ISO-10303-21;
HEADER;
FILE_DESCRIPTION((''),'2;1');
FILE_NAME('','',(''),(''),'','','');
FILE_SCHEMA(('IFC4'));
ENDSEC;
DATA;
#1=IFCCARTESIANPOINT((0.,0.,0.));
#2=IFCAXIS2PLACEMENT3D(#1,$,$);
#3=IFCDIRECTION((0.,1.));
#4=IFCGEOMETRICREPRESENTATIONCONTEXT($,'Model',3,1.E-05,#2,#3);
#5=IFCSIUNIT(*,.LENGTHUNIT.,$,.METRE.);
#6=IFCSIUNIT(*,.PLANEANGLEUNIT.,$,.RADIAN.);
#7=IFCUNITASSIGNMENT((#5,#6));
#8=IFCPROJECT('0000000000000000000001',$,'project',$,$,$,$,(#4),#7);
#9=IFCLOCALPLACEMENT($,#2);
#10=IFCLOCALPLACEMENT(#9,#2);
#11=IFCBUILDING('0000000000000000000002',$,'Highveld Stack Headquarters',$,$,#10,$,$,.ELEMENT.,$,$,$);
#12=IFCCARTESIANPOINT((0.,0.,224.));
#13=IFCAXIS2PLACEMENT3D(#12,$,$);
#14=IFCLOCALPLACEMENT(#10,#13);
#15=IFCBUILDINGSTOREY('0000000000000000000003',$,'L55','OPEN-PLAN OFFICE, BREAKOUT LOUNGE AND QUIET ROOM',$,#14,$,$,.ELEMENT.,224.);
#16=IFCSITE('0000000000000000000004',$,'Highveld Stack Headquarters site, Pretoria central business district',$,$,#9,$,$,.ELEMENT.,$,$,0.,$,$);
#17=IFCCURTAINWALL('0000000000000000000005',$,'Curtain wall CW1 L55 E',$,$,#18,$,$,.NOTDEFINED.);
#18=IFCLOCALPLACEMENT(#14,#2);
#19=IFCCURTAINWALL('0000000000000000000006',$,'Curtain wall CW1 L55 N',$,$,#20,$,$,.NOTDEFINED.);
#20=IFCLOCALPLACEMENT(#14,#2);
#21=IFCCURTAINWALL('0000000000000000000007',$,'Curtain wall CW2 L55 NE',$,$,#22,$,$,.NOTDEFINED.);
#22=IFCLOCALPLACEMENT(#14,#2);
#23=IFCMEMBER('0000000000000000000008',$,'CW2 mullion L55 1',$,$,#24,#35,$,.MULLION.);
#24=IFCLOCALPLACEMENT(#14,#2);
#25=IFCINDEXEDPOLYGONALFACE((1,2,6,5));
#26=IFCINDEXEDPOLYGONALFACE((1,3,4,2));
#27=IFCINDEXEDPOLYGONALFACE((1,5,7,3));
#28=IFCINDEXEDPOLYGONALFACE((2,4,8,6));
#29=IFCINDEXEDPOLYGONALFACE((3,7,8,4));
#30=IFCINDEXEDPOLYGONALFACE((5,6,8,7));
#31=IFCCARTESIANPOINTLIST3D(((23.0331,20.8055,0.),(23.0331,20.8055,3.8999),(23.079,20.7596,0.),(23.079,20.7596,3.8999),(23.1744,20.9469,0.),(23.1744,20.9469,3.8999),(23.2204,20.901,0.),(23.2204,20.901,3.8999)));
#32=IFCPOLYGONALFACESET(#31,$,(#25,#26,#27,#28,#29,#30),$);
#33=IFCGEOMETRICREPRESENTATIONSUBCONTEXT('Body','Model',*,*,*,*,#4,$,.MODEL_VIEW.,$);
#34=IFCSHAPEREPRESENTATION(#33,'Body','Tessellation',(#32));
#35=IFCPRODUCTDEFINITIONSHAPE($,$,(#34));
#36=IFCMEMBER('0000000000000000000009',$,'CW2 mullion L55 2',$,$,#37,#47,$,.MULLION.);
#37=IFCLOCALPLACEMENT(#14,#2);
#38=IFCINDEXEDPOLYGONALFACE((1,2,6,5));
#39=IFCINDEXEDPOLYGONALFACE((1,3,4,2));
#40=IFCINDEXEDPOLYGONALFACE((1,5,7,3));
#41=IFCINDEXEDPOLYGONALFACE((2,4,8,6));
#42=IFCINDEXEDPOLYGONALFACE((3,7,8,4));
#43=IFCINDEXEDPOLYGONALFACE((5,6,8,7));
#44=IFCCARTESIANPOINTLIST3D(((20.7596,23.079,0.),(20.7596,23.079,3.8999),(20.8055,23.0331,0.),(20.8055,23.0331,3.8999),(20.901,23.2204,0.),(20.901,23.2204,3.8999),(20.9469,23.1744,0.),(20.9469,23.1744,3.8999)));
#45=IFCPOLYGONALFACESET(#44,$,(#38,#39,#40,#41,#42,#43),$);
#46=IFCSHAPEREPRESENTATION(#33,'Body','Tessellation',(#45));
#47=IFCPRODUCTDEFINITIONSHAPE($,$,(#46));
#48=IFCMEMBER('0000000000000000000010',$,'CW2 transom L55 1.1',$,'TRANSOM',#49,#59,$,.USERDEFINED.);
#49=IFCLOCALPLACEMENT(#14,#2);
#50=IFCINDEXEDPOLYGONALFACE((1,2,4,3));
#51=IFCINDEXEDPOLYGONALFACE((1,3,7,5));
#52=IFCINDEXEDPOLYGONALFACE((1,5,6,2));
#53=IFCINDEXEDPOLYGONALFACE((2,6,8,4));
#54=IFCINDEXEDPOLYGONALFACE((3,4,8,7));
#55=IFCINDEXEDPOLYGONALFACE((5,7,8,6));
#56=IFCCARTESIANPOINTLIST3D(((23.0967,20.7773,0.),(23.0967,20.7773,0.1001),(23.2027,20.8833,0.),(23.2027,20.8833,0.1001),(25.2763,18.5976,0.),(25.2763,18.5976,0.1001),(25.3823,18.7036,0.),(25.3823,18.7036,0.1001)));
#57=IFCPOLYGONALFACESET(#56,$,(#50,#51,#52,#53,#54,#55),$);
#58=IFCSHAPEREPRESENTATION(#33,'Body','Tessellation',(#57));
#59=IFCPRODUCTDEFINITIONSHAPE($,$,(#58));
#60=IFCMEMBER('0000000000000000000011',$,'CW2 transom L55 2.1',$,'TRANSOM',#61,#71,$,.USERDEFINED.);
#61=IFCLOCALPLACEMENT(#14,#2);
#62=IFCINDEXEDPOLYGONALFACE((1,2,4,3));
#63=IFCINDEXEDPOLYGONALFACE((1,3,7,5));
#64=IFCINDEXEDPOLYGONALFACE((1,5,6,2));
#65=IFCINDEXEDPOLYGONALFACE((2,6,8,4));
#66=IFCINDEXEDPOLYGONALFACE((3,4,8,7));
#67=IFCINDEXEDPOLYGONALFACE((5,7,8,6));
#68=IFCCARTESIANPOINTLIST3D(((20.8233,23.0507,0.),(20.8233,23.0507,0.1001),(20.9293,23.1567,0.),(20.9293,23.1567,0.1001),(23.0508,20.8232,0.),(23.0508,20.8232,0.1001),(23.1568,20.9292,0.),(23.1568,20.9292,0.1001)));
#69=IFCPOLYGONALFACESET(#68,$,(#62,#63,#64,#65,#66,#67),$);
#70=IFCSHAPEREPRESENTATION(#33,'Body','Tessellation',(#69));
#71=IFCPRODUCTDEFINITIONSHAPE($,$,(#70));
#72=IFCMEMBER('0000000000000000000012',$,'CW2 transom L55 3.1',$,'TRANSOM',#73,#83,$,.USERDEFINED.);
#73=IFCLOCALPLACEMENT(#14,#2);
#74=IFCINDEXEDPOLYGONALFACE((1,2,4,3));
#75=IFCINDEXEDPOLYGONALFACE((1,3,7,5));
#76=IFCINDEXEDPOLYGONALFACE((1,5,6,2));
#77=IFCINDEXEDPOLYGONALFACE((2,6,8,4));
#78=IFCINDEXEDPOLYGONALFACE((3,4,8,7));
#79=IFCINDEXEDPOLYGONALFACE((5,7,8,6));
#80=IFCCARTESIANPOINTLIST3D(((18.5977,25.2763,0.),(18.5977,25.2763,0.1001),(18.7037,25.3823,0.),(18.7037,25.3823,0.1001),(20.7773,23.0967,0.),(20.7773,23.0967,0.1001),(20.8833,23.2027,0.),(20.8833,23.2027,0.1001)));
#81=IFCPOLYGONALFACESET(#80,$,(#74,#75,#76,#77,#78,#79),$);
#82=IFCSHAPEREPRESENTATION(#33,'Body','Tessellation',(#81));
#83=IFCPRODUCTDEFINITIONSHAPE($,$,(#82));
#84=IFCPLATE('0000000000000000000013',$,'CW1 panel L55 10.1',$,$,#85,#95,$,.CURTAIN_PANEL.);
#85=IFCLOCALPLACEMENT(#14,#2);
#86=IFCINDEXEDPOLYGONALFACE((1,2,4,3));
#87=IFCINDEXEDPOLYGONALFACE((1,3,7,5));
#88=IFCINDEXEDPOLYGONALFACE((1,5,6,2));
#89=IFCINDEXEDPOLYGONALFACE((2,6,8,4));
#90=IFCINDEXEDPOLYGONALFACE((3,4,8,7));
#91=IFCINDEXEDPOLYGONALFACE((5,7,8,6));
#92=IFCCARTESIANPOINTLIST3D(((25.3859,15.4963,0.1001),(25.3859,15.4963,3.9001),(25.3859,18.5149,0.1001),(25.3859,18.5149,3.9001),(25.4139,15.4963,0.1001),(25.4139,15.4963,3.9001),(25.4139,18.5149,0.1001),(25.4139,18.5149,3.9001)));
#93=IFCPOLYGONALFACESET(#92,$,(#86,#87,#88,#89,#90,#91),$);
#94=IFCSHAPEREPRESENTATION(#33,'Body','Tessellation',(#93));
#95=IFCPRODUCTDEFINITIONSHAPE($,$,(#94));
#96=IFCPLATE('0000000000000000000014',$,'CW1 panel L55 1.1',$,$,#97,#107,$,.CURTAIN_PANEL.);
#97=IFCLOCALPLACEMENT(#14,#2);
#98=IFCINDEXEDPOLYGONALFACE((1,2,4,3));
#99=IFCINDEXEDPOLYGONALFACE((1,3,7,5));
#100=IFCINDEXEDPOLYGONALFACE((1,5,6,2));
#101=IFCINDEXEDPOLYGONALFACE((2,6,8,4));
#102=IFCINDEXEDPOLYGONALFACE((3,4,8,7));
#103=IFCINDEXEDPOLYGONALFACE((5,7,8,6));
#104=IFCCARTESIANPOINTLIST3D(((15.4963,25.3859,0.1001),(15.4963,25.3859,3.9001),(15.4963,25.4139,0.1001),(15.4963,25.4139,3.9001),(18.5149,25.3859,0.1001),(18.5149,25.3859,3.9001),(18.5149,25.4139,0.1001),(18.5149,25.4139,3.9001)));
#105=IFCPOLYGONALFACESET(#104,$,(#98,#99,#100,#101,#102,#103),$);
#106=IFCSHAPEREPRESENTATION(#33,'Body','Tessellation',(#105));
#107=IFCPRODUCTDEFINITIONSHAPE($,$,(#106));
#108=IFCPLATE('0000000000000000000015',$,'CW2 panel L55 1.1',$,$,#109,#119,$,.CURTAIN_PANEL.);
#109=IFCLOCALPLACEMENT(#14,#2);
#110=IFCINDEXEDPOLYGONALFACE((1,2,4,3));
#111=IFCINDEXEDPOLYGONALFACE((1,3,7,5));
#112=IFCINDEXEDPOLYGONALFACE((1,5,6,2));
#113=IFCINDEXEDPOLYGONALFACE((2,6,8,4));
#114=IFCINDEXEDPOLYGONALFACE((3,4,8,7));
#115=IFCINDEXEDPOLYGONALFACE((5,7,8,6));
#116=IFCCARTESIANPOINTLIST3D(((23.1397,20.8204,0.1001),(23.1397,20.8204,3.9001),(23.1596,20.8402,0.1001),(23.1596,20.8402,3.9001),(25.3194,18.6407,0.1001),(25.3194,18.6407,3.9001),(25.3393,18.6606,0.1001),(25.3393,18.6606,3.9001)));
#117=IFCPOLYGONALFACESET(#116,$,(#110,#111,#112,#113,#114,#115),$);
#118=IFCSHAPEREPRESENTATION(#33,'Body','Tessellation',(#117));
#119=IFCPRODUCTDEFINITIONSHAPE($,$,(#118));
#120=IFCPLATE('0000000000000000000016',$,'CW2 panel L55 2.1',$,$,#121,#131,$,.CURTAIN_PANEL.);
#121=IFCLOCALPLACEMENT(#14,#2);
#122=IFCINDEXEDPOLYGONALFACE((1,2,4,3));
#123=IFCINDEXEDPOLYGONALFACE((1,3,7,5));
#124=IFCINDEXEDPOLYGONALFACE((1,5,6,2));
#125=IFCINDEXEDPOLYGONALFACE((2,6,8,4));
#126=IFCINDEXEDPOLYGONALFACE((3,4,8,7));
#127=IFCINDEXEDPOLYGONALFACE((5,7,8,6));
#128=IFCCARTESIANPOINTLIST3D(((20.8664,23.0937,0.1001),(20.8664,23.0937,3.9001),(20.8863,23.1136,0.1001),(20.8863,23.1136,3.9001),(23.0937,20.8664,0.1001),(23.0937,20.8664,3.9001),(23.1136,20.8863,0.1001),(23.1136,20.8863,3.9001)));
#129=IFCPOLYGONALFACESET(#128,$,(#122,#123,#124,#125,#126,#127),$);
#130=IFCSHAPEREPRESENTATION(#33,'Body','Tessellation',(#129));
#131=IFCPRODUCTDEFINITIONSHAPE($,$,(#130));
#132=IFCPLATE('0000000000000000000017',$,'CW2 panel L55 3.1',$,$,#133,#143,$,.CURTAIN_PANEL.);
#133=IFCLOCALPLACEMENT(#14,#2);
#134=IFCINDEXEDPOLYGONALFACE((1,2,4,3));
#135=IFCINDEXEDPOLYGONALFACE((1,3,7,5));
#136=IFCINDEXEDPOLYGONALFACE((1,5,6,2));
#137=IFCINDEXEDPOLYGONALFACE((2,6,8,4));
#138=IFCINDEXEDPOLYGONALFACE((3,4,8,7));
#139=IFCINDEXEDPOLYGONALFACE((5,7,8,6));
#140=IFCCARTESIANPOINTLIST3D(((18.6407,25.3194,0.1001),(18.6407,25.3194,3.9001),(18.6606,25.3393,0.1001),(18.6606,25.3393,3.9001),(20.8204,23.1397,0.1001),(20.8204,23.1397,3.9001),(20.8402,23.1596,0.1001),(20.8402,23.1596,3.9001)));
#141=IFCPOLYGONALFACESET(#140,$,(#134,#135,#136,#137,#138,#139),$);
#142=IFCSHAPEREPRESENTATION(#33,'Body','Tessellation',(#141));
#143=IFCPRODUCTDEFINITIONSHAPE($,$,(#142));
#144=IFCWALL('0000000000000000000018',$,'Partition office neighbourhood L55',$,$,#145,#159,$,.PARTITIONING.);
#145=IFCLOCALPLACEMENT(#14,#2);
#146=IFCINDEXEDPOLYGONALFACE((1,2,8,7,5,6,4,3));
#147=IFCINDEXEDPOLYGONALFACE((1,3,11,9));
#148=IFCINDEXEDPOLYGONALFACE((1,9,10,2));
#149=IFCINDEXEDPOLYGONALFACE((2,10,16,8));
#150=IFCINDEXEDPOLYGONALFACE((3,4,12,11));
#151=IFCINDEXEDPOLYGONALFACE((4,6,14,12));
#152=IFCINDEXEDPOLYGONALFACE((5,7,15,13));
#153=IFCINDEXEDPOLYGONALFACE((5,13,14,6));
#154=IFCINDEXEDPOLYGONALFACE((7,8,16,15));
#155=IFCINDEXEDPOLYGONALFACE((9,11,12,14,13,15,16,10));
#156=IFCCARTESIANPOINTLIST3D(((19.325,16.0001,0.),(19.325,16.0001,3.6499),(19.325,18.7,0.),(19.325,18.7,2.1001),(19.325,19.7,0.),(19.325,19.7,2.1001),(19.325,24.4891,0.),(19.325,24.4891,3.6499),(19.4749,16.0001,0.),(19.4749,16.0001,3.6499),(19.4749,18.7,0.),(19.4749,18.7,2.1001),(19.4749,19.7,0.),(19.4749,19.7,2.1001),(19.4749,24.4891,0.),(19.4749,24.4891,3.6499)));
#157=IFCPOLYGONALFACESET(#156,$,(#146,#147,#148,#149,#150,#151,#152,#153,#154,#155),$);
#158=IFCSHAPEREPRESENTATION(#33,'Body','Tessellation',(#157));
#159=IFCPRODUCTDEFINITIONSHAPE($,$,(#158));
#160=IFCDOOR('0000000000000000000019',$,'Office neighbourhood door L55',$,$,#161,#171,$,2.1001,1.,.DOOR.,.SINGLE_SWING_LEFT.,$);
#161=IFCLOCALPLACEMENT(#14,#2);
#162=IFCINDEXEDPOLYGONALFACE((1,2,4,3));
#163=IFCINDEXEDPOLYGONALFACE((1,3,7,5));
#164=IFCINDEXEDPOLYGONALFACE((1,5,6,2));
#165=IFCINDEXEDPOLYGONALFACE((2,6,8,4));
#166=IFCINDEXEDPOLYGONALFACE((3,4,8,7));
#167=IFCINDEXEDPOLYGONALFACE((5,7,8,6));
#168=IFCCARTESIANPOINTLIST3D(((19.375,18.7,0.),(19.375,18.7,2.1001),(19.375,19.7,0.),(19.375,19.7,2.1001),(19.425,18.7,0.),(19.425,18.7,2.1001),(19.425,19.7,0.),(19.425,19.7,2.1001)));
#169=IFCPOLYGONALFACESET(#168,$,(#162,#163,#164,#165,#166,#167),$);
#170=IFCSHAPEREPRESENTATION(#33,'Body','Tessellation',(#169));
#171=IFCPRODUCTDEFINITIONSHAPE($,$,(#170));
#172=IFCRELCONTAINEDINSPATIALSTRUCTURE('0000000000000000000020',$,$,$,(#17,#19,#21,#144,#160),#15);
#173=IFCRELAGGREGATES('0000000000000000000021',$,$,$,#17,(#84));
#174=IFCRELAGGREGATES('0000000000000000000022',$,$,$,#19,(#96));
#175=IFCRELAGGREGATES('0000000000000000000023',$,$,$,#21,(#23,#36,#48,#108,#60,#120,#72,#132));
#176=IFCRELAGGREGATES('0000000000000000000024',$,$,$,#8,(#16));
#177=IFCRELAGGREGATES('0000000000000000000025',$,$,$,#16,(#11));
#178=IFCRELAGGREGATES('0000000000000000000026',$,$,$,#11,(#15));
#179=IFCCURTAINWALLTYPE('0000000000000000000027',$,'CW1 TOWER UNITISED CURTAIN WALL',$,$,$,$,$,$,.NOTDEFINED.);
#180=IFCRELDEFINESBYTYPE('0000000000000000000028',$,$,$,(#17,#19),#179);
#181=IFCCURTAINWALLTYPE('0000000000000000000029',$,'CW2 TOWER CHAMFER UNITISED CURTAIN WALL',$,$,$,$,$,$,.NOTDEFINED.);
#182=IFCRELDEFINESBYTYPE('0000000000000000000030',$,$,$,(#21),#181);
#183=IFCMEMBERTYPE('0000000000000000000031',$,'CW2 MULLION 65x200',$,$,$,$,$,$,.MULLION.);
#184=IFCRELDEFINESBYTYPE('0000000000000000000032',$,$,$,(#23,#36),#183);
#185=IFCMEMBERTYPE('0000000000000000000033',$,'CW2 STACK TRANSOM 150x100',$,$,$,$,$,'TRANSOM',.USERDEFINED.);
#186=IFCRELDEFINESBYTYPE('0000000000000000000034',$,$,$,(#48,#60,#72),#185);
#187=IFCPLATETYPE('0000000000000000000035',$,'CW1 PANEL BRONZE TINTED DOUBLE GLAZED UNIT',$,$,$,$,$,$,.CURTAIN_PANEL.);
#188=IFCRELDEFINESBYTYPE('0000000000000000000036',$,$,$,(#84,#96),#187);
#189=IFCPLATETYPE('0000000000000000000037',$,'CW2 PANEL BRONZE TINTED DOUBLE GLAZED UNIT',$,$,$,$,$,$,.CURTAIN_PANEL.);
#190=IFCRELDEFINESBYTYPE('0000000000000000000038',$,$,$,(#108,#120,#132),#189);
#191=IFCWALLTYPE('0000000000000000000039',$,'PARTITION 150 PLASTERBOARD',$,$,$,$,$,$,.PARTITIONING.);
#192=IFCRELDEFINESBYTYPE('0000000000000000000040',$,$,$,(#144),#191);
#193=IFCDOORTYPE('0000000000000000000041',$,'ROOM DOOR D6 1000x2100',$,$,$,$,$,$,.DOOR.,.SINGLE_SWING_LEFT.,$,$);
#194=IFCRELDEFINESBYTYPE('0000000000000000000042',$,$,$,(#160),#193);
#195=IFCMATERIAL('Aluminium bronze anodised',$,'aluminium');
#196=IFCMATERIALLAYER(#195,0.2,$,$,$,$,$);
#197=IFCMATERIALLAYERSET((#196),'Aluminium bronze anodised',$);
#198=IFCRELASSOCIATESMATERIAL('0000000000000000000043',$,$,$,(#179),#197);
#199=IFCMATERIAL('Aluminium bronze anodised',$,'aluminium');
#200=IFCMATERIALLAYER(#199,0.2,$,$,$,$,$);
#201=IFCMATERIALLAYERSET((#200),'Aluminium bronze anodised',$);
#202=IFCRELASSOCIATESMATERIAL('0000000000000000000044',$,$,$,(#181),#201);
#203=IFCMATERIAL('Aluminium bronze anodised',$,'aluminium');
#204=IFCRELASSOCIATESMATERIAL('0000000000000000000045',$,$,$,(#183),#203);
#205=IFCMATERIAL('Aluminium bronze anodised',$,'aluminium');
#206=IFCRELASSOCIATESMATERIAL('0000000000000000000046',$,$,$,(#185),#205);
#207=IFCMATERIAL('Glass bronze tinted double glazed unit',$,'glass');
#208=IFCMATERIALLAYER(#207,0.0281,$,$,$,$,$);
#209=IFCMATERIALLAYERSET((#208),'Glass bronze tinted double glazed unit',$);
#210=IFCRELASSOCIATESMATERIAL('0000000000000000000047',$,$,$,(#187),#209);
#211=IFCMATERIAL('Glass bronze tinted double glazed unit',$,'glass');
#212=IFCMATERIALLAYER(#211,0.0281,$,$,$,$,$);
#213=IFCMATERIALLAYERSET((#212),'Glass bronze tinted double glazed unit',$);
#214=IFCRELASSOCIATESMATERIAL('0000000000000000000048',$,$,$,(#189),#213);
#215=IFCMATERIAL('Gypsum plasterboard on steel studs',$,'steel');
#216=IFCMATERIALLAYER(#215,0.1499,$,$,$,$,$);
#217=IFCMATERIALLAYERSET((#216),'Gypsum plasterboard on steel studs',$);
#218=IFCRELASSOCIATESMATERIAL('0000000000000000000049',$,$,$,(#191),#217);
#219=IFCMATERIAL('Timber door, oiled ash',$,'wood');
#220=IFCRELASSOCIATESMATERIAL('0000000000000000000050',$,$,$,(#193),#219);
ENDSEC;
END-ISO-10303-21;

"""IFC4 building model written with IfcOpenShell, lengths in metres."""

from ifc_helpers import new_model, si_unit, direction, frame, frame_2d, origin, origin_2d, place, context, subcontext, project, spatial, rectangle, extrude, material, layer, layer_set, material_profile, profile_set, type_object, element, fill, aggregate, save


model = new_model("IFC4")

# Units and contexts
model_context = context("Model", 3, precision=1e-05, world=origin(), true_north=direction((0.0, 1.0)))
body_context = subcontext(model_context, "Body", "Model", "MODEL_VIEW")
ifc_project = project(units=[si_unit("LENGTHUNIT", "METRE"), si_unit("PLANEANGLEUNIT", "RADIAN")], contexts=[model_context])

# Site, building, storey
site_placement = place(None, origin())
site = spatial("IfcSite", under=ifc_project, at=site_placement, Name="Highveld Stack Headquarters site, Pretoria central business district", CompositionType="ELEMENT", RefElevation=0.0)
building_placement = place(site_placement, origin())
building = spatial("IfcBuilding", under=site, at=building_placement, Name="Highveld Stack Headquarters", CompositionType="ELEMENT")
storey_placement = place(building_placement, frame((0.0, 0.0, 224.0)))
storey = spatial("IfcBuildingStorey", under=building, at=storey_placement, Name="L55", Description="OPEN-PLAN OFFICE, BREAKOUT LOUNGE AND QUIET ROOM", CompositionType="ELEMENT", Elevation=224.0)

# Curtain wall
ifc_material_1 = material(Name="Aluminium bronze anodised", Category="aluminium")
ifc_layer_1 = layer(ifc_material_1, 0.2)
ifc_layer_set_1 = layer_set([ifc_layer_1], Name="Aluminium bronze anodised")
curtain_wall_type_1 = type_object("IfcCurtainWallType", Name="CW1 TOWER UNITISED CURTAIN WALL", PredefinedType="NOTDEFINED", material=ifc_layer_set_1)
curtain_wall_1_placement = place(storey_placement, origin())
curtain_wall_1 = element("IfcCurtainWall", 1, at=curtain_wall_1_placement, inside=storey, type_object=curtain_wall_type_1, Name="Curtain wall CW1 L55 E", PredefinedType="NOTDEFINED")

# Curtain wall
curtain_wall_2_placement = place(storey_placement, origin())
curtain_wall_2 = element("IfcCurtainWall", 2, at=curtain_wall_2_placement, inside=storey, type_object=curtain_wall_type_1, Name="Curtain wall CW1 L55 N", PredefinedType="NOTDEFINED")

# Curtain wall, members
ifc_material_2 = material(Name="Aluminium bronze anodised", Category="aluminium")
ifc_layer_2 = layer(ifc_material_2, 0.2)
ifc_layer_set_2 = layer_set([ifc_layer_2], Name="Aluminium bronze anodised")
curtain_wall_type_2 = type_object("IfcCurtainWallType", Name="CW2 TOWER CHAMFER UNITISED CURTAIN WALL", PredefinedType="NOTDEFINED", material=ifc_layer_set_2)
curtain_wall_3_placement = place(storey_placement, origin())
curtain_wall_3 = element("IfcCurtainWall", 3, at=curtain_wall_3_placement, inside=storey, type_object=curtain_wall_type_2, Name="Curtain wall CW2 L55 NE", PredefinedType="NOTDEFINED")
ifc_material_3 = material(Name="Aluminium bronze anodised", Category="aluminium")
ifc_material_profile_1 = material_profile(ifc_material_3, rectangle(XDim=0.2, YDim=0.0649, at=origin_2d()), Name="CW2 MULLION 65x200")
ifc_profile_set_1 = profile_set([ifc_material_profile_1], Name="Aluminium bronze anodised")
member_type_1 = type_object("IfcMemberType", Name="CW2 MULLION 65x200", PredefinedType="MULLION", material=ifc_profile_set_1)
member_1_placement = place(storey_placement, frame((23.1267, 20.8533, 0.0), z_axis=(0.0, 0.0, 1.0), x_axis=(-0.707107, -0.707107, 0.0)))
member_1 = element("IfcMember", 4, at=member_1_placement, type_object=member_type_1, Name="CW2 mullion L55 1", PredefinedType="MULLION", context=body_context, shape_type="SweptSolid", body=[
    extrude(rectangle(XDim=0.2, YDim=0.0649, at=origin_2d()), origin(), (0.0, 0.0, 1.0), 3.8999),
])
member_2_placement = place(storey_placement, frame((20.8533, 23.1267, 0.0), z_axis=(0.0, 0.0, 1.0), x_axis=(-0.707107, -0.707107, 0.0)))
member_2 = element("IfcMember", 5, at=member_2_placement, type_object=member_type_1, Name="CW2 mullion L55 2", PredefinedType="MULLION", context=body_context, shape_type="SweptSolid", body=[
    extrude(rectangle(XDim=0.2, YDim=0.0649, at=origin_2d()), origin(), (0.0, 0.0, 1.0), 3.8999),
])
ifc_material_4 = material(Name="Aluminium bronze anodised", Category="aluminium")
ifc_material_profile_2 = material_profile(ifc_material_4, rectangle(XDim=0.1499, YDim=0.1001, at=origin_2d()), Name="CW2 TRANSOM 150x100")
ifc_profile_set_2 = profile_set([ifc_material_profile_2], Name="Aluminium bronze anodised")
member_type_2 = type_object("IfcMemberType", Name="CW2 STACK TRANSOM 150x100", ElementType="TRANSOM", PredefinedType="USERDEFINED", material=ifc_profile_set_2)
member_3_placement = place(storey_placement, frame((25.3293, 18.6506, 0.05), z_axis=(-0.707107, 0.707107, 0.0), x_axis=(-0.707107, -0.707107, 0.0)))
member_3 = element("IfcMember", 6, at=member_3_placement, type_object=member_type_2, Name="CW2 transom L55 1.1", ObjectType="TRANSOM", PredefinedType="USERDEFINED", context=body_context, shape_type="SweptSolid", body=[
    extrude(rectangle(XDim=0.1499, YDim=0.1001, at=origin_2d()), origin(), (0.0, 0.0, 1.0), 3.0825),
])
member_4_placement = place(storey_placement, frame((23.1038, 20.8762, 0.05), z_axis=(-0.707107, 0.707107, 0.0), x_axis=(-0.707107, -0.707107, 0.0)))
member_4 = element("IfcMember", 7, at=member_4_placement, type_object=member_type_2, Name="CW2 transom L55 2.1", ObjectType="TRANSOM", PredefinedType="USERDEFINED", context=body_context, shape_type="SweptSolid", body=[
    extrude(rectangle(XDim=0.1499, YDim=0.1001, at=origin_2d()), origin(), (0.0, 0.0, 1.0), 3.1501),
])
member_5_placement = place(storey_placement, frame((20.8303, 23.1497, 0.05), z_axis=(-0.707107, 0.707107, 0.0), x_axis=(-0.707107, -0.707107, 0.0)))
member_5 = element("IfcMember", 8, at=member_5_placement, type_object=member_type_2, Name="CW2 transom L55 3.1", ObjectType="TRANSOM", PredefinedType="USERDEFINED", context=body_context, shape_type="SweptSolid", body=[
    extrude(rectangle(XDim=0.1499, YDim=0.1001, at=origin_2d()), origin(), (0.0, 0.0, 1.0), 3.0825),
])

# Plates
ifc_material_5 = material(Name="Glass bronze tinted double glazed unit", Category="glass")
ifc_layer_3 = layer(ifc_material_5, 0.0281)
ifc_layer_set_3 = layer_set([ifc_layer_3], Name="Glass bronze tinted double glazed unit")
plate_type_1 = type_object("IfcPlateType", Name="CW1 PANEL BRONZE TINTED DOUBLE GLAZED UNIT", PredefinedType="CURTAIN_PANEL", material=ifc_layer_set_3)
plate_1_placement = place(storey_placement, frame((25.3999, 17.0056, 0.1001), z_axis=(0.0, 0.0, 1.0), x_axis=(0.0, 1.0, 0.0)))
plate_1 = element("IfcPlate", 9, at=plate_1_placement, type_object=plate_type_1, Name="CW1 panel L55 10.1", PredefinedType="CURTAIN_PANEL", context=body_context, shape_type="SweptSolid", body=[
    extrude(rectangle(XDim=3.0186, YDim=0.0281, at=origin_2d()), origin(), (0.0, 0.0, 1.0), 3.8),
])
aggregate(curtain_wall_1, [plate_1])
plate_2_placement = place(storey_placement, frame((17.0056, 25.3999, 0.1001), z_axis=(0.0, 0.0, 1.0), x_axis=(-1.0, 0.0, 0.0)))
plate_2 = element("IfcPlate", 10, at=plate_2_placement, type_object=plate_type_1, Name="CW1 panel L55 1.1", PredefinedType="CURTAIN_PANEL", context=body_context, shape_type="SweptSolid", body=[
    extrude(rectangle(XDim=3.0186, YDim=0.0281, at=origin_2d()), origin(), (0.0, 0.0, 1.0), 3.8),
])
aggregate(curtain_wall_2, [plate_2])
ifc_material_6 = material(Name="Glass bronze tinted double glazed unit", Category="glass")
ifc_layer_4 = layer(ifc_material_6, 0.0281)
ifc_layer_set_4 = layer_set([ifc_layer_4], Name="Glass bronze tinted double glazed unit")
plate_type_2 = type_object("IfcPlateType", Name="CW2 PANEL BRONZE TINTED DOUBLE GLAZED UNIT", PredefinedType="CURTAIN_PANEL", material=ifc_layer_set_4)
plate_3_placement = place(storey_placement, frame((24.2395, 19.7405, 0.1001), z_axis=(0.0, 0.0, 1.0), x_axis=(-0.707107, 0.707107, 0.0)))
plate_3 = element("IfcPlate", 11, at=plate_3_placement, type_object=plate_type_2, Name="CW2 panel L55 1.1", PredefinedType="CURTAIN_PANEL", context=body_context, shape_type="SweptSolid", body=[
    extrude(rectangle(XDim=3.0825, YDim=0.0281, at=origin_2d()), origin(), (0.0, 0.0, 1.0), 3.8),
])
plate_4_placement = place(storey_placement, frame((21.99, 21.99, 0.1001), z_axis=(0.0, 0.0, 1.0), x_axis=(-0.707107, 0.707107, 0.0)))
plate_4 = element("IfcPlate", 12, at=plate_4_placement, type_object=plate_type_2, Name="CW2 panel L55 2.1", PredefinedType="CURTAIN_PANEL", context=body_context, shape_type="SweptSolid", body=[
    extrude(rectangle(XDim=3.1499, YDim=0.0281, at=origin_2d()), origin(), (0.0, 0.0, 1.0), 3.8),
])
plate_5_placement = place(storey_placement, frame((19.7405, 24.2395, 0.1001), z_axis=(0.0, 0.0, 1.0), x_axis=(-0.707107, 0.707107, 0.0)))
plate_5 = element("IfcPlate", 13, at=plate_5_placement, type_object=plate_type_2, Name="CW2 panel L55 3.1", PredefinedType="CURTAIN_PANEL", context=body_context, shape_type="SweptSolid", body=[
    extrude(rectangle(XDim=3.0825, YDim=0.0281, at=origin_2d()), origin(), (0.0, 0.0, 1.0), 3.8),
])
aggregate(curtain_wall_3, [member_1, member_2, member_3, plate_3, member_4, plate_4, member_5, plate_5])

# Wall, opening, door
ifc_material_7 = material(Name="Gypsum plasterboard on steel studs", Category="steel")
ifc_layer_5 = layer(ifc_material_7, 0.1499)
ifc_layer_set_5 = layer_set([ifc_layer_5], Name="Gypsum plasterboard on steel studs")
wall_type = type_object("IfcWallType", Name="PARTITION 150 PLASTERBOARD", PredefinedType="PARTITIONING", material=ifc_layer_set_5)
wall_placement = place(storey_placement, frame((19.3999, 16.0, 0.0), z_axis=(0.0, 0.0, 1.0), x_axis=(0.0, 1.0, 0.0)))
wall = element("IfcWall", 14, at=wall_placement, inside=storey, type_object=wall_type, Name="Partition office neighbourhood L55", PredefinedType="PARTITIONING", context=body_context, shape_type="SweptSolid", body=[
    extrude(rectangle(XDim=8.489, YDim=0.1499, at=frame_2d((4.2446, 0.0))), origin(), (0.0, 0.0, 1.0), 3.6499),
])
opening_placement = place(wall_placement, frame((2.7, 0.0, 0.0)))
opening = element("IfcOpeningElement", 15, at=opening_placement, cuts=wall, PredefinedType="OPENING", context=body_context, shape_type="SweptSolid", body=[
    extrude(rectangle(XDim=1.0, YDim=2.1001, at=frame_2d((0.5, 1.05))), frame((0.0, 0.085, 0.0), z_axis=(0.0, -1.0, 0.0), x_axis=(1.0, 0.0, 0.0)), (0.0, 0.0, 1.0), 0.1699),
])
ifc_material_8 = material(Name="Timber door, oiled ash", Category="wood")
door_type = type_object("IfcDoorType", Name="ROOM DOOR D6 1000x2100", OperationType="SINGLE_SWING_LEFT", PredefinedType="DOOR", material=ifc_material_8)
door_placement = place(opening_placement, origin())
door = element("IfcDoor", 16, at=door_placement, inside=storey, type_object=door_type, Name="Office neighbourhood door L55", OperationType="SINGLE_SWING_LEFT", OverallHeight=2.1001, OverallWidth=1.0, PredefinedType="DOOR", context=body_context, shape_type="SweptSolid", body=[
    extrude(rectangle(XDim=1.0, YDim=2.1001, at=frame_2d((0.5, 1.05))), frame((0.0, 0.0249, 0.0), z_axis=(0.0, -1.0, 0.0), x_axis=(1.0, 0.0, 0.0)), (0.0, 0.0, 1.0), 0.05),
])
fill(opening, door)

save(model, "model.ifc")
